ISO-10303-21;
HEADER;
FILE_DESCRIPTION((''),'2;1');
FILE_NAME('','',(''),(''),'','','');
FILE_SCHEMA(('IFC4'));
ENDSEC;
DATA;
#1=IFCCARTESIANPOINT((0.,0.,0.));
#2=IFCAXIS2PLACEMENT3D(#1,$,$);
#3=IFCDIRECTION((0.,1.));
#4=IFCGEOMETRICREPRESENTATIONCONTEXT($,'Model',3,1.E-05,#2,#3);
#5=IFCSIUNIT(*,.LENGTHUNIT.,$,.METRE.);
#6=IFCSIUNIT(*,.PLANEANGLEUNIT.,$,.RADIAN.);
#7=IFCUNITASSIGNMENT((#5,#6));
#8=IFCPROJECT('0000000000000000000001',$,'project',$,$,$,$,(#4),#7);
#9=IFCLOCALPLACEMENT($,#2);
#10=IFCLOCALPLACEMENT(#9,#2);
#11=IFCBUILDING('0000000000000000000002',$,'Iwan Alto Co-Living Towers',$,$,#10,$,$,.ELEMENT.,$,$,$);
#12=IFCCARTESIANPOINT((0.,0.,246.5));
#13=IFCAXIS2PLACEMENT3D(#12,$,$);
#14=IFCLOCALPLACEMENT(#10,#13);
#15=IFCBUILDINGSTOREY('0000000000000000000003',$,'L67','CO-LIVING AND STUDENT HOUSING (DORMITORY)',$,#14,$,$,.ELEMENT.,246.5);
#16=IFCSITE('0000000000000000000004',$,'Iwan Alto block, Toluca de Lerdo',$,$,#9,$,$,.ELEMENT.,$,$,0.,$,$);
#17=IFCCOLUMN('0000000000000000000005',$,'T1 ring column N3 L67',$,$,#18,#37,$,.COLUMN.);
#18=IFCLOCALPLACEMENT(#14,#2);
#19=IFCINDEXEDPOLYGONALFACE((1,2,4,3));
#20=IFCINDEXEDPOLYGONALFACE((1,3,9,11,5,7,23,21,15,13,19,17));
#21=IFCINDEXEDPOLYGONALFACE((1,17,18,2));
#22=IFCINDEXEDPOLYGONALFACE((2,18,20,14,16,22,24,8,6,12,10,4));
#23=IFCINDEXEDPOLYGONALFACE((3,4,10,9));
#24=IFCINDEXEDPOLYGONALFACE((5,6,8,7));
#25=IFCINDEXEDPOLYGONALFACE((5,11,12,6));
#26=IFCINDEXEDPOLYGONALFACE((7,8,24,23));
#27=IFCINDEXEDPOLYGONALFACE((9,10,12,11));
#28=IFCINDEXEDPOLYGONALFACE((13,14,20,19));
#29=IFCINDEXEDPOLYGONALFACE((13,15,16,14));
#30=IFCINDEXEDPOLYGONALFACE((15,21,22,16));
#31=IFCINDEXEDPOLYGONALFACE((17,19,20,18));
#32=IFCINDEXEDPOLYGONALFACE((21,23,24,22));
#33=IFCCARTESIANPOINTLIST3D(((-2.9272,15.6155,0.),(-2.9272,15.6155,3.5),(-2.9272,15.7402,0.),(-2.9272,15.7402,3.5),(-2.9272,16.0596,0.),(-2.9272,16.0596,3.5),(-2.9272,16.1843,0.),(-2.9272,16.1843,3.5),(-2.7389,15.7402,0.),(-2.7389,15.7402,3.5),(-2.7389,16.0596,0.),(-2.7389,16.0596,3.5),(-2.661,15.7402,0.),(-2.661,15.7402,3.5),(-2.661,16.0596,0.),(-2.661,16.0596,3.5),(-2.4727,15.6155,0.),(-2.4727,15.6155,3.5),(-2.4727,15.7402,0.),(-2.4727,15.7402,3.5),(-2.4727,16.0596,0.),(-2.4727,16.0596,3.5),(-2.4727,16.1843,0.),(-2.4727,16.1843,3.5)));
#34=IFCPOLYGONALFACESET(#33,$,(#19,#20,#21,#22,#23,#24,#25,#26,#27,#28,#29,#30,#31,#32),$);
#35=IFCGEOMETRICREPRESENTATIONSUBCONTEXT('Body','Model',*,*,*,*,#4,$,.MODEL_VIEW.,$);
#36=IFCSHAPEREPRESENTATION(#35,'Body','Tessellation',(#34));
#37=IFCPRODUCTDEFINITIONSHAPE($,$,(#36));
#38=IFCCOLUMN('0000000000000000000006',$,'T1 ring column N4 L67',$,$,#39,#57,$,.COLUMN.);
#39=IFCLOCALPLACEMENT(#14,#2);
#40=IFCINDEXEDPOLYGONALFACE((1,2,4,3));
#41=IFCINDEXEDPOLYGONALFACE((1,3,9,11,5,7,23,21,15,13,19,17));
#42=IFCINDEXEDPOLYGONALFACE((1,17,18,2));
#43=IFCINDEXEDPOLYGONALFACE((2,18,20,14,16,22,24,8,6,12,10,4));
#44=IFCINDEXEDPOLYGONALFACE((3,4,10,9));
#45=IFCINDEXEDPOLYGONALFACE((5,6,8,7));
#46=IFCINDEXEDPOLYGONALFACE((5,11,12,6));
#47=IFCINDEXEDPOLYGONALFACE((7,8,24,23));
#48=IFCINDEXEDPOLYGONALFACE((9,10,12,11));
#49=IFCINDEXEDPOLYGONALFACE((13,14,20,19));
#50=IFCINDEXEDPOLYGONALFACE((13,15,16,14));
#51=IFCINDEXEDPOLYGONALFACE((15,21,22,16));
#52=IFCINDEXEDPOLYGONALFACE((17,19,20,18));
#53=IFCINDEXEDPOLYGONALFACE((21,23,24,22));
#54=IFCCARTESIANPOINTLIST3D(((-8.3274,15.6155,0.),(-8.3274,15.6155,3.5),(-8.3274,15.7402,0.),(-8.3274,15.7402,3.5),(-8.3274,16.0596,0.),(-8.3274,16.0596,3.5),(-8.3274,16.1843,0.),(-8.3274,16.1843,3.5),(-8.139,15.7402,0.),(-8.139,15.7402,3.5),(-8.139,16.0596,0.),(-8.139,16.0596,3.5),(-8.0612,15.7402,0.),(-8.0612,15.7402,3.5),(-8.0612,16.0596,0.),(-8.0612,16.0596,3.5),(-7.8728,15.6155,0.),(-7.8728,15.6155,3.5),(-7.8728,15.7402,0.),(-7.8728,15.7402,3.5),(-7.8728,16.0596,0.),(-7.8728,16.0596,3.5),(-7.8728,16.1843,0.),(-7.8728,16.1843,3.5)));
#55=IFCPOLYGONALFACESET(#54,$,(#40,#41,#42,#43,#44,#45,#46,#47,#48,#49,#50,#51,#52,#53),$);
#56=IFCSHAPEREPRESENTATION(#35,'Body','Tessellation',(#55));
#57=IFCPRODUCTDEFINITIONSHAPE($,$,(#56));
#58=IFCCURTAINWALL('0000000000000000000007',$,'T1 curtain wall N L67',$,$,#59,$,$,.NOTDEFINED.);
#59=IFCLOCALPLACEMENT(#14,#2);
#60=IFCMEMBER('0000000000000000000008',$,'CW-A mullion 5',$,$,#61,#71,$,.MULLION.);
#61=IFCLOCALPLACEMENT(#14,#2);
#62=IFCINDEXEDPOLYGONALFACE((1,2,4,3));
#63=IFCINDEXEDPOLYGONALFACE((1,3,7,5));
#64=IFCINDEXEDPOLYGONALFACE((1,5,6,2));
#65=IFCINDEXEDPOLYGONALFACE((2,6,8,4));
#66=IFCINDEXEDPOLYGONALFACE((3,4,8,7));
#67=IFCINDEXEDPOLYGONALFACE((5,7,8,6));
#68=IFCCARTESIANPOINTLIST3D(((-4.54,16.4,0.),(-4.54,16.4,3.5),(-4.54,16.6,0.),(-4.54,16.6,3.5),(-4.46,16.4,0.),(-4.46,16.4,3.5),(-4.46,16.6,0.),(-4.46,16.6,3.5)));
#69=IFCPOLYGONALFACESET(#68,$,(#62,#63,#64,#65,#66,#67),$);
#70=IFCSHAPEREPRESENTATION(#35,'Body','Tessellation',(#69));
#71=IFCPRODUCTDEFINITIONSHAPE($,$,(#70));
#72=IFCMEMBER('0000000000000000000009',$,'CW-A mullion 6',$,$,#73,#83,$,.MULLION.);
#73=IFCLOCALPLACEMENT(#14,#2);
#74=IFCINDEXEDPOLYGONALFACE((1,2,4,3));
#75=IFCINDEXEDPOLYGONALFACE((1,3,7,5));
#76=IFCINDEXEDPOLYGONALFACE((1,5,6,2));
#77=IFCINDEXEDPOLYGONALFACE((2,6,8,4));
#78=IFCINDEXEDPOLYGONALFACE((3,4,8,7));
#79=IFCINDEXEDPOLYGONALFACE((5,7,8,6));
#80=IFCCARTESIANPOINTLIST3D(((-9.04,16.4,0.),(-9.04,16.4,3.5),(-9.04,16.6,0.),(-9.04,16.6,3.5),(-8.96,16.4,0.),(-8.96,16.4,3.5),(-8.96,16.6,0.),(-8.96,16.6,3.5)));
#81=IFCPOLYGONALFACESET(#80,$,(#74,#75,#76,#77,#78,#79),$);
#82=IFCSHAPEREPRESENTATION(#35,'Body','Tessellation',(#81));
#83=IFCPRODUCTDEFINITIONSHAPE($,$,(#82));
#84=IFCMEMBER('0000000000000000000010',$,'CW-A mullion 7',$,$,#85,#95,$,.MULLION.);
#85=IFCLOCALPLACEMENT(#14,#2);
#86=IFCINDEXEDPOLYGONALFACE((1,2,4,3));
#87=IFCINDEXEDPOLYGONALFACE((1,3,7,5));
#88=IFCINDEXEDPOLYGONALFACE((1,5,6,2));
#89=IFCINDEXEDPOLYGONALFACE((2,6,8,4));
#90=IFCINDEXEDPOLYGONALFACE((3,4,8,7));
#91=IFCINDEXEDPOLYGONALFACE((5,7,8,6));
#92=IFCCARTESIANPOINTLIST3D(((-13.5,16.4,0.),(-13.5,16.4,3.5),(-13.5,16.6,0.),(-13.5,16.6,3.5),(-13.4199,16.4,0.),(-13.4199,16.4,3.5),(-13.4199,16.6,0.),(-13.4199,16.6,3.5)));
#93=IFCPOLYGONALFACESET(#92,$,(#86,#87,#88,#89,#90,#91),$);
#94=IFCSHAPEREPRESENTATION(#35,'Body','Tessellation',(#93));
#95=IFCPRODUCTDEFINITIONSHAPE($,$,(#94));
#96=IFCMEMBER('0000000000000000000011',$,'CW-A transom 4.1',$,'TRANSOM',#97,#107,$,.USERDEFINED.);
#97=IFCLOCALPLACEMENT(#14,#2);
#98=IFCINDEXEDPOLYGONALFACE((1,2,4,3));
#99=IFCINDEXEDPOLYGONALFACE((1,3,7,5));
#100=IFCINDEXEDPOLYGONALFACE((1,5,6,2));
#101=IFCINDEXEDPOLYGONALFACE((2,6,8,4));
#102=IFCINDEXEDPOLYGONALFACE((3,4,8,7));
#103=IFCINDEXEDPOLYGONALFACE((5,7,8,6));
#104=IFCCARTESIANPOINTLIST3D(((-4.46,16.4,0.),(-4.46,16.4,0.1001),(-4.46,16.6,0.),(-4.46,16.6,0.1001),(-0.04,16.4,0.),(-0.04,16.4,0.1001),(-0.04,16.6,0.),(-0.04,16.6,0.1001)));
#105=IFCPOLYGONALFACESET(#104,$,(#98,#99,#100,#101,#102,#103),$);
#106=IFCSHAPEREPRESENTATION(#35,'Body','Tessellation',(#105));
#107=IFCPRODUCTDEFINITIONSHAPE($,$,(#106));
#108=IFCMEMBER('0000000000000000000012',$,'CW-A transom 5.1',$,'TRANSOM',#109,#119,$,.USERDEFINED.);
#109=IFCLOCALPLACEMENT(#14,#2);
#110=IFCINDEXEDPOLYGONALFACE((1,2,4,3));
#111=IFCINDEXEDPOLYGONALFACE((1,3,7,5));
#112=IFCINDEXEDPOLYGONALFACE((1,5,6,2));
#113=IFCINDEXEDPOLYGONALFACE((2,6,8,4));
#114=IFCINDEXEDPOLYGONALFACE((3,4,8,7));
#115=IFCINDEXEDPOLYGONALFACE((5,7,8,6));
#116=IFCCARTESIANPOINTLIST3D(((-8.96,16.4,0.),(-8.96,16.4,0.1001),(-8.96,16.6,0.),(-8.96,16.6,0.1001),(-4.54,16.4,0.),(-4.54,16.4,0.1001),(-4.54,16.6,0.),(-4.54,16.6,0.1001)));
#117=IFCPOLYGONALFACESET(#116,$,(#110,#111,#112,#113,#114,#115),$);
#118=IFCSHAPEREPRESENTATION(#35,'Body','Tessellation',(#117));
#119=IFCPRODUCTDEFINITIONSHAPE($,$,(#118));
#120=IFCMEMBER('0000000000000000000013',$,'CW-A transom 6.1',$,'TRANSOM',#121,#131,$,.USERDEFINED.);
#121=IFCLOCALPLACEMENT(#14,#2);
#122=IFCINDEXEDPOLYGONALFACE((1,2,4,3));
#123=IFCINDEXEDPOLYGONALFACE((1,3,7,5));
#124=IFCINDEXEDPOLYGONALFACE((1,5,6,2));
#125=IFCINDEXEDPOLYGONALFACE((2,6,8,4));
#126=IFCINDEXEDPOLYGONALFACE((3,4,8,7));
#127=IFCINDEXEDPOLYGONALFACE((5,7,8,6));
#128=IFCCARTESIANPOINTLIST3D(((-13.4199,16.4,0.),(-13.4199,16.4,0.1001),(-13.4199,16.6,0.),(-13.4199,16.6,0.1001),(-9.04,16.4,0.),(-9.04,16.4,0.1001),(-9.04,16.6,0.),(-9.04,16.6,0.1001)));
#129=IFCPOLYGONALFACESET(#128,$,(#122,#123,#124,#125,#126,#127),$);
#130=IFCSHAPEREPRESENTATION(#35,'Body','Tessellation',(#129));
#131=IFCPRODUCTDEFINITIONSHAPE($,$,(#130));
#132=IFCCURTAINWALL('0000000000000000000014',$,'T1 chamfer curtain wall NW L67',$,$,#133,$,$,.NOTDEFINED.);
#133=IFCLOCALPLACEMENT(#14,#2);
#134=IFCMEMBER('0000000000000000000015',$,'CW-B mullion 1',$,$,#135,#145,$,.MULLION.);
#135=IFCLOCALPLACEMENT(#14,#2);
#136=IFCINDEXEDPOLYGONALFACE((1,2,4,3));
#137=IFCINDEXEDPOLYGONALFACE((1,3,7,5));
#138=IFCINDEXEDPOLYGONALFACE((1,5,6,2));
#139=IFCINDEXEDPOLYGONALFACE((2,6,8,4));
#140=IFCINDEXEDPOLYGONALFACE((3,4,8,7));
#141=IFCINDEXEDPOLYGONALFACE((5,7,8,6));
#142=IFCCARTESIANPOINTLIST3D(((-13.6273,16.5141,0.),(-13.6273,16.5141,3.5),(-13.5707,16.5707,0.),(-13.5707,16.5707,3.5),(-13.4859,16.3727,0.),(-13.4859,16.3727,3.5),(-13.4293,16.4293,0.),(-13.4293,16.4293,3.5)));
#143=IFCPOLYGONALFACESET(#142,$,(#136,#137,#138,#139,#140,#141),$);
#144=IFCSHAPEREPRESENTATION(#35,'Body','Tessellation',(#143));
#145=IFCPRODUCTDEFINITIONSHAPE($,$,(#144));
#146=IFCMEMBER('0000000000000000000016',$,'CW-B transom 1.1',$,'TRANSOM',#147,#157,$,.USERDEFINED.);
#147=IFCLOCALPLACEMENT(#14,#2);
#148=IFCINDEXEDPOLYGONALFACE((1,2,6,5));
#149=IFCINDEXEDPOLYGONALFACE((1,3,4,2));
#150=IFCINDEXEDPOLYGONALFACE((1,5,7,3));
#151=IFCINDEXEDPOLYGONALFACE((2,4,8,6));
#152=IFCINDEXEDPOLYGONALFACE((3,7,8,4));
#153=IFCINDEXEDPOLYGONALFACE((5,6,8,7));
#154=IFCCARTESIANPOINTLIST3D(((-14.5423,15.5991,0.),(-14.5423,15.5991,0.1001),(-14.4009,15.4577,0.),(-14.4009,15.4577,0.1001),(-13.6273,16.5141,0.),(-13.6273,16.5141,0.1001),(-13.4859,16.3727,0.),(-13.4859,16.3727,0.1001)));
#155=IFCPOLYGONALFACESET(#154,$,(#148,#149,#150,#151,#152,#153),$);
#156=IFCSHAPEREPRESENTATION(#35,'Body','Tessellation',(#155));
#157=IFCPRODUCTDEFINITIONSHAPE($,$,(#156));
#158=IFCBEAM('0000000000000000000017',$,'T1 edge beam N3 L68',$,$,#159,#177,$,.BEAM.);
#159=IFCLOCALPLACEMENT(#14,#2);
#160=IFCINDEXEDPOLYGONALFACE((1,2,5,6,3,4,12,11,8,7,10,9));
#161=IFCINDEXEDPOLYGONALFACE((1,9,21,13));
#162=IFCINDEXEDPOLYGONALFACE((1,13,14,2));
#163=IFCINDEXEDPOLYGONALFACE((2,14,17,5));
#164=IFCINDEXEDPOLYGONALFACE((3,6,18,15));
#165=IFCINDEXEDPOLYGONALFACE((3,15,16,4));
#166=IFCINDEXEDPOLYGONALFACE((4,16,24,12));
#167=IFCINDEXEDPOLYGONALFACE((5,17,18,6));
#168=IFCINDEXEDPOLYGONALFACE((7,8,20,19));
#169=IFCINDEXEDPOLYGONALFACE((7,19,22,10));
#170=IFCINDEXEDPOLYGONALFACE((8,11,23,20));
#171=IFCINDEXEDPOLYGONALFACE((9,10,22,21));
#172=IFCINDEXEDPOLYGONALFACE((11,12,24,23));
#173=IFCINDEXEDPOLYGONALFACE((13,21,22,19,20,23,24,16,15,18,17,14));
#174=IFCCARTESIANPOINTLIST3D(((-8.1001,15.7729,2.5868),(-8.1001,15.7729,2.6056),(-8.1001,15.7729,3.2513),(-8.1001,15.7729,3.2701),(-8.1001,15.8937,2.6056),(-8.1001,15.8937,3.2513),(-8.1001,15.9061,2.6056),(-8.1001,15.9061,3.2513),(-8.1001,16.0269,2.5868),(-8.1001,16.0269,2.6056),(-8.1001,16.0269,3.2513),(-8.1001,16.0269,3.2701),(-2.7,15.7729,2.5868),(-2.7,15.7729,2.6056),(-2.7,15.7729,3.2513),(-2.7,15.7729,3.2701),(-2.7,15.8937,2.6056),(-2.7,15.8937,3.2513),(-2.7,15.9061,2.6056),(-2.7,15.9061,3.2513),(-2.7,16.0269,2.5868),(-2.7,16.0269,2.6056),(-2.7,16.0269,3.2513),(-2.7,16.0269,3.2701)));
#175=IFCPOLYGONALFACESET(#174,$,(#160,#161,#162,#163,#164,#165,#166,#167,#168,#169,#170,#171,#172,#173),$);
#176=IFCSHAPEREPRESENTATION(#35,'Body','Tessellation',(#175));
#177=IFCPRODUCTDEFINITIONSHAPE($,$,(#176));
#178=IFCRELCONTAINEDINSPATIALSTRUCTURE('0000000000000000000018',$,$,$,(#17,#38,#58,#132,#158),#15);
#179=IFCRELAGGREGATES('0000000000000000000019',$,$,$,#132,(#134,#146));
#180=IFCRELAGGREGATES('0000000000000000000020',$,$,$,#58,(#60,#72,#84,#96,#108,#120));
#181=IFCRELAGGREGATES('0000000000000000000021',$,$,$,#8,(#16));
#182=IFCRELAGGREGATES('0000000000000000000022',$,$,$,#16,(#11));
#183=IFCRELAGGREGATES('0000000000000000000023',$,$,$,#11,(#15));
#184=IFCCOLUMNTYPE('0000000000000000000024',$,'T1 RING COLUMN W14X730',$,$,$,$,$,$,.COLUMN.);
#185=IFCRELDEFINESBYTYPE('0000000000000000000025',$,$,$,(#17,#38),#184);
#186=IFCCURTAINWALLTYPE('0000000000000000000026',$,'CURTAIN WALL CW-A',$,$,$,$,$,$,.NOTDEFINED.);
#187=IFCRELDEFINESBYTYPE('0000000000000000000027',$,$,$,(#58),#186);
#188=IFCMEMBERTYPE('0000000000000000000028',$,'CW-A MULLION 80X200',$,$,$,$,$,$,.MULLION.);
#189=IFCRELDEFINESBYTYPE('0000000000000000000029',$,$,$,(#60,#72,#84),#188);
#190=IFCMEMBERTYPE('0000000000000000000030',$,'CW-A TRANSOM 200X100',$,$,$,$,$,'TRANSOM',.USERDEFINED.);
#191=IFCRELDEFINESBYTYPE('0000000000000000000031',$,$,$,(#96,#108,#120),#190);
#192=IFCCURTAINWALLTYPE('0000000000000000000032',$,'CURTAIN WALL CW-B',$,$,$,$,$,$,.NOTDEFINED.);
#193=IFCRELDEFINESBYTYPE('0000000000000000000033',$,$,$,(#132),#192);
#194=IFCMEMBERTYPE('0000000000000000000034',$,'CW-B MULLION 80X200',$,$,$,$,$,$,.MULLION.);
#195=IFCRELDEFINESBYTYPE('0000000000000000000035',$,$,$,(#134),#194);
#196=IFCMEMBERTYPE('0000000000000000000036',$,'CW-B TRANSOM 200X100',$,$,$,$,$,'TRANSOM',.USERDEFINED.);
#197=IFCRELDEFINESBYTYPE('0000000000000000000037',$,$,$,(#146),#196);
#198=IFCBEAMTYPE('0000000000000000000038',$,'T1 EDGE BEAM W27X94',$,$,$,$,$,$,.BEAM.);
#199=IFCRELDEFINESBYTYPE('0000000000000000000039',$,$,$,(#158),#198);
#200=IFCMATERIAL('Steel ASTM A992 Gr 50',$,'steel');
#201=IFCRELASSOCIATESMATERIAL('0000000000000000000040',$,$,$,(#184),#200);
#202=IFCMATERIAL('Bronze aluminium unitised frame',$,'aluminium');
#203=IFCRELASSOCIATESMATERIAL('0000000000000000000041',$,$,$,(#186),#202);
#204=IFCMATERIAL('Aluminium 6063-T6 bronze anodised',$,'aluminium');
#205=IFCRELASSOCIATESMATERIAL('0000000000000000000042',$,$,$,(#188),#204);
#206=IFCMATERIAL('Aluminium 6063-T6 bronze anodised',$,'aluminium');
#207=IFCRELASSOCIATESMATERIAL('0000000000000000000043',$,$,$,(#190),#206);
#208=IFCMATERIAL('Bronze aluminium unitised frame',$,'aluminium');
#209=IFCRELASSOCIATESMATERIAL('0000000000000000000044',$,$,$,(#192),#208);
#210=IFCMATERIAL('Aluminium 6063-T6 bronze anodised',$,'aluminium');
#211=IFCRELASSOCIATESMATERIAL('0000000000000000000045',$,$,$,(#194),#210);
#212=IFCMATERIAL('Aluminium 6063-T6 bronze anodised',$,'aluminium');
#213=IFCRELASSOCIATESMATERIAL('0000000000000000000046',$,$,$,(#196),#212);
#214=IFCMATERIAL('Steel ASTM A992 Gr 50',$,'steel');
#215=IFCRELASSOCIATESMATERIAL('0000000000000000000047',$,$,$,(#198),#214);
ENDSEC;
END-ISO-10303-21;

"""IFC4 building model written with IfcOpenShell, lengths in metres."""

from ifc_helpers import new_model, si_unit, direction, frame, origin, origin_2d, place, context, subcontext, project, spatial, rectangle, i_section, extrude, material, material_profile, profile_set, type_object, element, aggregate, save


model = new_model("IFC4")

# Units and contexts
model_context = context("Model", 3, precision=1e-05, world=origin(), true_north=direction((0.0, 1.0)))
body_context = subcontext(model_context, "Body", "Model", "MODEL_VIEW")
ifc_project = project(units=[si_unit("LENGTHUNIT", "METRE"), si_unit("PLANEANGLEUNIT", "RADIAN")], contexts=[model_context])

# Site, building, storey
site_placement = place(None, origin())
site = spatial("IfcSite", under=ifc_project, at=site_placement, Name="Iwan Alto block, Toluca de Lerdo", CompositionType="ELEMENT", RefElevation=0.0)
building_placement = place(site_placement, origin())
building = spatial("IfcBuilding", under=site, at=building_placement, Name="Iwan Alto Co-Living Towers", CompositionType="ELEMENT")
storey_placement = place(building_placement, frame((0.0, 0.0, 246.5)))
storey = spatial("IfcBuildingStorey", under=building, at=storey_placement, Name="L67", Description="CO-LIVING AND STUDENT HOUSING (DORMITORY)", CompositionType="ELEMENT", Elevation=246.5)

# Columns
ifc_material_1 = material(Name="Steel ASTM A992 Gr 50", Category="steel")
ifc_material_profile_1 = material_profile(ifc_material_1, i_section(OverallWidth=0.4546, OverallDepth=0.5688, WebThickness=0.0779, FlangeThickness=0.1248, at=origin_2d()), Name="W14X730")
ifc_profile_set_1 = profile_set([ifc_material_profile_1], Name="Steel ASTM A992 Gr 50")
column_type = type_object("IfcColumnType", Name="T1 RING COLUMN W14X730", PredefinedType="COLUMN", material=ifc_profile_set_1)
for number, where, z_axis, x_axis, name in (
    (1, (-2.7, 15.8999, 0.0), (0.0, 0.0, 1.0), (1.0, 0.0, 0.0), "T1 ring column N3 L67"),
    (2, (-8.1001, 15.8999, 0.0), (0.0, 0.0, 1.0), (1.0, 0.0, 0.0), "T1 ring column N4 L67"),
):
    element("IfcColumn", number, at=place(storey_placement, frame(where, z_axis=z_axis, x_axis=x_axis)), inside=storey, type_object=column_type, Name=name, PredefinedType="COLUMN", context=body_context, shape_type="SweptSolid", body=[
        extrude(i_section(OverallWidth=0.4546, OverallDepth=0.5688, WebThickness=0.0779, FlangeThickness=0.1248, at=origin_2d()), origin(), (0.0, 0.0, 1.0), 3.5),
    ])

# Curtain walls, members
ifc_material_2 = material(Name="Bronze aluminium unitised frame", Category="aluminium")
curtain_wall_type_1 = type_object("IfcCurtainWallType", Name="CURTAIN WALL CW-A", PredefinedType="NOTDEFINED", material=ifc_material_2)
curtain_wall_1_placement = place(storey_placement, origin())
curtain_wall_1 = element("IfcCurtainWall", 3, at=curtain_wall_1_placement, inside=storey, type_object=curtain_wall_type_1, Name="T1 curtain wall N L67", PredefinedType="NOTDEFINED")
ifc_material_3 = material(Name="Aluminium 6063-T6 bronze anodised", Category="aluminium")
ifc_material_profile_2 = material_profile(ifc_material_3, rectangle(XDim=0.2, YDim=0.0801, at=origin_2d()), Name="AL 80X200")
ifc_profile_set_2 = profile_set([ifc_material_profile_2], Name="Aluminium 6063-T6 bronze anodised")
member_type_1 = type_object("IfcMemberType", Name="CW-A MULLION 80X200", PredefinedType="MULLION", material=ifc_profile_set_2)
member_1_placement = place(storey_placement, frame((-4.5, 16.5, 0.0), z_axis=(0.0, 0.0, 1.0), x_axis=(0.0, -1.0, 0.0)))
member_1 = element("IfcMember", 4, at=member_1_placement, type_object=member_type_1, Name="CW-A mullion 5", PredefinedType="MULLION", context=body_context, shape_type="SweptSolid", body=[
    extrude(rectangle(XDim=0.2, YDim=0.0801, at=origin_2d()), origin(), (0.0, 0.0, 1.0), 3.5),
])
member_2_placement = place(storey_placement, frame((-9.0, 16.5, 0.0), z_axis=(0.0, 0.0, 1.0), x_axis=(0.0, -1.0, 0.0)))
member_2 = element("IfcMember", 5, at=member_2_placement, type_object=member_type_1, Name="CW-A mullion 6", PredefinedType="MULLION", context=body_context, shape_type="SweptSolid", body=[
    extrude(rectangle(XDim=0.2, YDim=0.0801, at=origin_2d()), origin(), (0.0, 0.0, 1.0), 3.5),
])
member_3_placement = place(storey_placement, frame((-13.46, 16.5, 0.0), z_axis=(0.0, 0.0, 1.0), x_axis=(0.0, -1.0, 0.0)))
member_3 = element("IfcMember", 6, at=member_3_placement, type_object=member_type_1, Name="CW-A mullion 7", PredefinedType="MULLION", context=body_context, shape_type="SweptSolid", body=[
    extrude(rectangle(XDim=0.2, YDim=0.0801, at=origin_2d()), origin(), (0.0, 0.0, 1.0), 3.5),
])
ifc_material_4 = material(Name="Aluminium 6063-T6 bronze anodised", Category="aluminium")
ifc_material_profile_3 = material_profile(ifc_material_4, rectangle(XDim=0.2, YDim=0.1001, at=origin_2d()), Name="AL 200X100")
ifc_profile_set_3 = profile_set([ifc_material_profile_3], Name="Aluminium 6063-T6 bronze anodised")
member_type_2 = type_object("IfcMemberType", Name="CW-A TRANSOM 200X100", ElementType="TRANSOM", PredefinedType="USERDEFINED", material=ifc_profile_set_3)
member_4_placement = place(storey_placement, frame((-0.04, 16.5, 0.05), z_axis=(-1.0, 0.0, 0.0), x_axis=(0.0, -1.0, 0.0)))
member_4 = element("IfcMember", 7, at=member_4_placement, type_object=member_type_2, Name="CW-A transom 4.1", ObjectType="TRANSOM", PredefinedType="USERDEFINED", context=body_context, shape_type="SweptSolid", body=[
    extrude(rectangle(XDim=0.2, YDim=0.1001, at=origin_2d()), origin(), (0.0, 0.0, 1.0), 4.4199),
])
member_5_placement = place(storey_placement, frame((-4.54, 16.5, 0.05), z_axis=(-1.0, 0.0, 0.0), x_axis=(0.0, -1.0, 0.0)))
member_5 = element("IfcMember", 8, at=member_5_placement, type_object=member_type_2, Name="CW-A transom 5.1", ObjectType="TRANSOM", PredefinedType="USERDEFINED", context=body_context, shape_type="SweptSolid", body=[
    extrude(rectangle(XDim=0.2, YDim=0.1001, at=origin_2d()), origin(), (0.0, 0.0, 1.0), 4.4199),
])
member_6_placement = place(storey_placement, frame((-9.04, 16.5, 0.05), z_axis=(-1.0, 0.0, 0.0), x_axis=(0.0, -1.0, 0.0)))
member_6 = element("IfcMember", 9, at=member_6_placement, type_object=member_type_2, Name="CW-A transom 6.1", ObjectType="TRANSOM", PredefinedType="USERDEFINED", context=body_context, shape_type="SweptSolid", body=[
    extrude(rectangle(XDim=0.2, YDim=0.1001, at=origin_2d()), origin(), (0.0, 0.0, 1.0), 4.3799),
])
ifc_material_5 = material(Name="Bronze aluminium unitised frame", Category="aluminium")
curtain_wall_type_2 = type_object("IfcCurtainWallType", Name="CURTAIN WALL CW-B", PredefinedType="NOTDEFINED", material=ifc_material_5)
curtain_wall_2_placement = place(storey_placement, origin())
curtain_wall_2 = element("IfcCurtainWall", 10, at=curtain_wall_2_placement, inside=storey, type_object=curtain_wall_type_2, Name="T1 chamfer curtain wall NW L67", PredefinedType="NOTDEFINED")
ifc_material_6 = material(Name="Aluminium 6063-T6 bronze anodised", Category="aluminium")
ifc_material_profile_4 = material_profile(ifc_material_6, rectangle(XDim=0.2, YDim=0.0801, at=origin_2d()), Name="AL 80X200")
ifc_profile_set_4 = profile_set([ifc_material_profile_4], Name="Aluminium 6063-T6 bronze anodised")
member_type_3 = type_object("IfcMemberType", Name="CW-B MULLION 80X200", PredefinedType="MULLION", material=ifc_profile_set_4)
member_7_placement = place(storey_placement, frame((-13.5283, 16.4717, 0.0), z_axis=(0.0, 0.0, 1.0), x_axis=(0.707107, -0.707107, 0.0)))
member_7 = element("IfcMember", 11, at=member_7_placement, type_object=member_type_3, Name="CW-B mullion 1", PredefinedType="MULLION", context=body_context, shape_type="SweptSolid", body=[
    extrude(rectangle(XDim=0.2, YDim=0.0801, at=origin_2d()), origin(), (0.0, 0.0, 1.0), 3.5),
])
ifc_material_7 = material(Name="Aluminium 6063-T6 bronze anodised", Category="aluminium")
ifc_material_profile_5 = material_profile(ifc_material_7, rectangle(XDim=0.2, YDim=0.1001, at=origin_2d()), Name="AL 200X100")
ifc_profile_set_5 = profile_set([ifc_material_profile_5], Name="Aluminium 6063-T6 bronze anodised")
member_type_4 = type_object("IfcMemberType", Name="CW-B TRANSOM 200X100", ElementType="TRANSOM", PredefinedType="USERDEFINED", material=ifc_profile_set_5)
member_8_placement = place(storey_placement, frame((-13.5566, 16.4434, 0.05), z_axis=(-0.707107, -0.707107, 0.0), x_axis=(0.707107, -0.707107, 0.0)))
member_8 = element("IfcMember", 12, at=member_8_placement, type_object=member_type_4, Name="CW-B transom 1.1", ObjectType="TRANSOM", PredefinedType="USERDEFINED", context=body_context, shape_type="SweptSolid", body=[
    extrude(rectangle(XDim=0.2, YDim=0.1001, at=origin_2d()), origin(), (0.0, 0.0, 1.0), 1.2939),
])
aggregate(curtain_wall_2, [member_7, member_8])

# Beam
ifc_material_8 = material(Name="Steel ASTM A992 Gr 50", Category="steel")
ifc_material_profile_6 = material_profile(ifc_material_8, i_section(OverallWidth=0.2539, OverallDepth=0.6833, WebThickness=0.0125, FlangeThickness=0.0188, at=origin_2d()), Name="W27X94")
ifc_profile_set_6 = profile_set([ifc_material_profile_6], Name="Steel ASTM A992 Gr 50")
beam_type_1 = type_object("IfcBeamType", Name="T1 EDGE BEAM W27X94", PredefinedType="BEAM", material=ifc_profile_set_6)
beam_1_placement = place(storey_placement, frame((-2.7, 15.8999, 2.9285), z_axis=(-1.0, 0.0, 0.0), x_axis=(0.0, -1.0, 0.0)))
element("IfcBeam", 13, at=beam_1_placement, inside=storey, type_object=beam_type_1, Name="T1 edge beam N3 L68", PredefinedType="BEAM", context=body_context, shape_type="SweptSolid", body=[
    extrude(i_section(OverallWidth=0.2539, OverallDepth=0.6833, WebThickness=0.0125, FlangeThickness=0.0188, at=origin_2d()), origin(), (0.0, 0.0, 1.0), 5.4001),
])

aggregate(curtain_wall_1, [member_1, member_2, member_3, member_4, member_5, member_6])

save(model, "model.ifc")
